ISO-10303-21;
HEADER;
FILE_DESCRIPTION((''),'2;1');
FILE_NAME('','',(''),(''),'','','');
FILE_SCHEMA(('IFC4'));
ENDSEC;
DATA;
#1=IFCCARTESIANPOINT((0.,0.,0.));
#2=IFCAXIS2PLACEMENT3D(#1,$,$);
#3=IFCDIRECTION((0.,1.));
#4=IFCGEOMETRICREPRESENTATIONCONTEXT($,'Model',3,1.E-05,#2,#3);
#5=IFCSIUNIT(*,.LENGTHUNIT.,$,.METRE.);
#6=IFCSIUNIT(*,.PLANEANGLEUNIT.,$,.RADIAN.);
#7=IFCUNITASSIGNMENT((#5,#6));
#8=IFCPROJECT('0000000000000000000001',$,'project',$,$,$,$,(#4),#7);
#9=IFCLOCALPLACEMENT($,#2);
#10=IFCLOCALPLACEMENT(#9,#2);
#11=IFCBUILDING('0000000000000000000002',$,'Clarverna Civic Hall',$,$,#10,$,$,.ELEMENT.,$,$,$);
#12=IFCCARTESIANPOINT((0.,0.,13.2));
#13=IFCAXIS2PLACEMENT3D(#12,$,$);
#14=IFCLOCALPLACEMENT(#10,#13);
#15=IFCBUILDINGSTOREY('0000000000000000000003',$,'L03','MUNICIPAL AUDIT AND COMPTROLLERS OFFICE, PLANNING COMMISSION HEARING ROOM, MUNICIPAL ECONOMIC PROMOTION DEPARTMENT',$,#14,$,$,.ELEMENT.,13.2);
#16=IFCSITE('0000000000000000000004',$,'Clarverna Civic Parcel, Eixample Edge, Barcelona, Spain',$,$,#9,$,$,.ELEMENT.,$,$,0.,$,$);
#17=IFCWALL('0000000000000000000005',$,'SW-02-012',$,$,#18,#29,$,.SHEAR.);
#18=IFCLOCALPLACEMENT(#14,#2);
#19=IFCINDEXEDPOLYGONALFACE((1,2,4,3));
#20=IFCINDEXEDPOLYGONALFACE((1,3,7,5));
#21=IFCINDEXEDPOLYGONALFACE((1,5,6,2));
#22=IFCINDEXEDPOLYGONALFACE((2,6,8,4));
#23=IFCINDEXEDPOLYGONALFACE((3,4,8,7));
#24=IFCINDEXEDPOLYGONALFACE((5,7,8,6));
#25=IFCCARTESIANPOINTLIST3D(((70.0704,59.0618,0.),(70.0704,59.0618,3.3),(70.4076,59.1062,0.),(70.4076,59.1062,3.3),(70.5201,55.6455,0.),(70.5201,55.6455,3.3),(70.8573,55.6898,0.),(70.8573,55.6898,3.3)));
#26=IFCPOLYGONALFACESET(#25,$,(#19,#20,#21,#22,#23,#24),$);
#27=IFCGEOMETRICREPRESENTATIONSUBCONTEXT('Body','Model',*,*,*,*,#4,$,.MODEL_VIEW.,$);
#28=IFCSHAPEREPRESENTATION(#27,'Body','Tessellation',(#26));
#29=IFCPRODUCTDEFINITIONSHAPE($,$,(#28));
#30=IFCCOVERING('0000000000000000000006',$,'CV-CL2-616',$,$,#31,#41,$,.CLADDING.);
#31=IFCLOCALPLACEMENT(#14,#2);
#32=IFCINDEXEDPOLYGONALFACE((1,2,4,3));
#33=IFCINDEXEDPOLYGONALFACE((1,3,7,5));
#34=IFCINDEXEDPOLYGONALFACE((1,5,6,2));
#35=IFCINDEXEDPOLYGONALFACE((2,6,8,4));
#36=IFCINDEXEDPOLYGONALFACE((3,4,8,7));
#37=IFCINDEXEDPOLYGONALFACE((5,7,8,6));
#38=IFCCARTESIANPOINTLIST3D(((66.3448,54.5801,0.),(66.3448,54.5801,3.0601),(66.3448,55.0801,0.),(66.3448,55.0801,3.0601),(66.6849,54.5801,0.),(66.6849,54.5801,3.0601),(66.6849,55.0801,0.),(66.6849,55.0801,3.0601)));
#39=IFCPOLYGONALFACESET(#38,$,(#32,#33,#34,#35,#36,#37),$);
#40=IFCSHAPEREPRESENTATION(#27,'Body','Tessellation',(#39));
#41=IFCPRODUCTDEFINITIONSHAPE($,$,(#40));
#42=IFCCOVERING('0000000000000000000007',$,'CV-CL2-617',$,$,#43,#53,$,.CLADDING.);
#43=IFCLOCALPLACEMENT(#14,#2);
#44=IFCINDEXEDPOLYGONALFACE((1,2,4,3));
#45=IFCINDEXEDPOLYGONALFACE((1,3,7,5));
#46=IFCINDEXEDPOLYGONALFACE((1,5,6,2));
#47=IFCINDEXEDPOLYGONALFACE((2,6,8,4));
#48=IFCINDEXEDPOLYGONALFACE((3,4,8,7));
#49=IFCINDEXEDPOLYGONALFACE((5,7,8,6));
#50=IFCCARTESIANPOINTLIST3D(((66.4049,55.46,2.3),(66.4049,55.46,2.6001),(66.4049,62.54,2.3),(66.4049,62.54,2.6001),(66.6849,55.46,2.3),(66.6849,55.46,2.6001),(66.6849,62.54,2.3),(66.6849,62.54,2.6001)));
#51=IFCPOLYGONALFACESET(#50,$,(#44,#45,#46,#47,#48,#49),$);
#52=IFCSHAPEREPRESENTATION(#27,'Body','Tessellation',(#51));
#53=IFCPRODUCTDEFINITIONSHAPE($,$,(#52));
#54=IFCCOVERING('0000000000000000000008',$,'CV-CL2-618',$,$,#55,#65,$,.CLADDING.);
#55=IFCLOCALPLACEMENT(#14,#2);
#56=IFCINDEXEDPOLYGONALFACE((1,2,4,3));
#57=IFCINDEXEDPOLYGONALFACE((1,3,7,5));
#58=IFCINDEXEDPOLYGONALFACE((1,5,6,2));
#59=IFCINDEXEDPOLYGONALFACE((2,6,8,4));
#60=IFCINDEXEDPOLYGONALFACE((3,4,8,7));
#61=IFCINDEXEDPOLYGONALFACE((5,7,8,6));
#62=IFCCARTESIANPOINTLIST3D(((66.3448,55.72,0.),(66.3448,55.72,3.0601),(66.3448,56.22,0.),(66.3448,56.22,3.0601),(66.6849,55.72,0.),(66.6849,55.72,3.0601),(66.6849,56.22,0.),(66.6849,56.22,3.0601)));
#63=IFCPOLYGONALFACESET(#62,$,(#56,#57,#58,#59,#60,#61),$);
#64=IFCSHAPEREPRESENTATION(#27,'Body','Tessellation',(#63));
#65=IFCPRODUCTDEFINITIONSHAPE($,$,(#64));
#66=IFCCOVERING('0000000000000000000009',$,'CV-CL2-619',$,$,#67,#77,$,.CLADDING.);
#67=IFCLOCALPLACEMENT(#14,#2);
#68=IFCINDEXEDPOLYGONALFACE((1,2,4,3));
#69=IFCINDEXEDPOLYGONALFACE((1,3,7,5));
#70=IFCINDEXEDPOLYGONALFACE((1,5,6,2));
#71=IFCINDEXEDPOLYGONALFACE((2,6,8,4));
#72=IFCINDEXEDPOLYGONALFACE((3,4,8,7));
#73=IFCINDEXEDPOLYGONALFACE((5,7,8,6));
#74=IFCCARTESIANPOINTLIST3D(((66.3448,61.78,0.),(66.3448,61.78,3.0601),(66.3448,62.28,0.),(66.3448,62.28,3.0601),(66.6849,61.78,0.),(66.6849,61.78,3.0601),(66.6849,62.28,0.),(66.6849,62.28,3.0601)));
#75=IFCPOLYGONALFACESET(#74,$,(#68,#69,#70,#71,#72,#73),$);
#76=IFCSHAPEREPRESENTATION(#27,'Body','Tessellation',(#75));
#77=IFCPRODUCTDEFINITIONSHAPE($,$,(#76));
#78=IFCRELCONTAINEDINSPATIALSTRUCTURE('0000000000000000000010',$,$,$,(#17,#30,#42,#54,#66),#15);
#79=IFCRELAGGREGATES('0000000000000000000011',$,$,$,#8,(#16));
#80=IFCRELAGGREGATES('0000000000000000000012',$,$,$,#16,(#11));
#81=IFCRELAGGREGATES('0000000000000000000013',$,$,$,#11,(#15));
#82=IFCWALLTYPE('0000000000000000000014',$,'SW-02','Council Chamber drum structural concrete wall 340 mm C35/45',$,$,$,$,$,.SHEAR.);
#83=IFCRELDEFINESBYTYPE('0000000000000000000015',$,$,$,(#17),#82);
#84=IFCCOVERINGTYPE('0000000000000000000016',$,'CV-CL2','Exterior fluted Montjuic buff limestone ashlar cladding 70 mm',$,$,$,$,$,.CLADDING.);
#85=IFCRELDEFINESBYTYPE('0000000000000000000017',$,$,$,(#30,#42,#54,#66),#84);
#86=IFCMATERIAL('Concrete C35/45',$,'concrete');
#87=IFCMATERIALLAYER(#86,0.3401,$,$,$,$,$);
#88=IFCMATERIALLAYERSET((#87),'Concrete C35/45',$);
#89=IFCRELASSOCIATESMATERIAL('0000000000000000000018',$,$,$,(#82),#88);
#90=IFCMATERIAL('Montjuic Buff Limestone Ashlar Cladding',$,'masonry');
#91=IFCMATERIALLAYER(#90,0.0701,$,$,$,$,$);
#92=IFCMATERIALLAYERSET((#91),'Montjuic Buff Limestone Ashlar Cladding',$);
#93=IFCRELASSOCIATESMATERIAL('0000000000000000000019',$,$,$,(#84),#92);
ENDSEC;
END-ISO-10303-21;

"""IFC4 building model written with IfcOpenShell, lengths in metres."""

from ifc_helpers import new_model, si_unit, direction, frame, frame_2d, origin, place, context, subcontext, project, spatial, rectangle, extrude, material, layer, layer_set, type_object, element, save


model = new_model("IFC4")

# Units and contexts
model_context = context("Model", 3, precision=1e-05, world=origin(), true_north=direction((0.0, 1.0)))
body_context = subcontext(model_context, "Body", "Model", "MODEL_VIEW")
ifc_project = project(units=[si_unit("LENGTHUNIT", "METRE"), si_unit("PLANEANGLEUNIT", "RADIAN")], contexts=[model_context])

# Site, building, storey
site_placement = place(None, origin())
site = spatial("IfcSite", under=ifc_project, at=site_placement, Name="Clarverna Civic Parcel, Eixample Edge, Barcelona, Spain", CompositionType="ELEMENT", RefElevation=0.0)
building_placement = place(site_placement, origin())
building = spatial("IfcBuilding", under=site, at=building_placement, Name="Clarverna Civic Hall", CompositionType="ELEMENT")
storey_placement = place(building_placement, frame((0.0, 0.0, 13.2)))
storey = spatial("IfcBuildingStorey", under=building, at=storey_placement, Name="L03", Description="MUNICIPAL AUDIT AND COMPTROLLERS OFFICE, PLANNING COMMISSION HEARING ROOM, MUNICIPAL ECONOMIC PROMOTION DEPARTMENT", CompositionType="ELEMENT", Elevation=13.2)

# Shared definitions
ifc_material_1 = material(Name="Concrete C35/45", Category="concrete")

# Wall
ifc_layer_1 = layer(ifc_material_1, 0.3401)
ifc_layer_set_1 = layer_set([ifc_layer_1], Name="Concrete C35/45")
wall_type_1 = type_object("IfcWallType", Name="SW-02", Description="Council Chamber drum structural concrete wall 340 mm C35/45", PredefinedType="SHEAR", material=ifc_layer_set_1)
wall_1_placement = place(storey_placement, frame((70.239, 59.084, 0.0), z_axis=(0.0, 0.0, 1.0), x_axis=(0.130511, -0.991447, 0.0)))
element("IfcWall", 1, at=wall_1_placement, inside=storey, type_object=wall_type_1, Name="SW-02-012", PredefinedType="SHEAR", context=body_context, shape_type="SweptSolid", body=[
    extrude(rectangle(XDim=3.4458, YDim=0.3401, at=frame_2d((1.7229, 0.0))), origin(), (0.0, 0.0, 1.0), 3.3),
])

# Coverings
ifc_material_2 = material(Name="Montjuic Buff Limestone Ashlar Cladding", Category="masonry")
ifc_layer_2 = layer(ifc_material_2, 0.0701)
ifc_layer_set_2 = layer_set([ifc_layer_2], Name="Montjuic Buff Limestone Ashlar Cladding")
covering_type = type_object("IfcCoveringType", Name="CV-CL2", Description="Exterior fluted Montjuic buff limestone ashlar cladding 70 mm", PredefinedType="CLADDING", material=ifc_layer_set_2)
covering_1_placement = place(storey_placement, frame((66.5149, 54.5801, 0.0), z_axis=(0.0, 0.0, 1.0), x_axis=(0.0, 1.0, 0.0)))
element("IfcCovering", 2, at=covering_1_placement, inside=storey, type_object=covering_type, Name="CV-CL2-616", PredefinedType="CLADDING", context=body_context, shape_type="SweptSolid", body=[
    extrude(rectangle(XDim=0.5, YDim=0.3401, at=frame_2d((0.25, 0.0))), origin(), (0.0, 0.0, 1.0), 3.0601),
])
covering_2_placement = place(storey_placement, frame((66.5449, 55.46, 2.3), z_axis=(0.0, 0.0, 1.0), x_axis=(0.0, 1.0, 0.0)))
element("IfcCovering", 3, at=covering_2_placement, inside=storey, type_object=covering_type, Name="CV-CL2-617", PredefinedType="CLADDING", context=body_context, shape_type="SweptSolid", body=[
    extrude(rectangle(XDim=7.0801, YDim=0.28, at=frame_2d((3.54, 0.0))), origin(), (0.0, 0.0, 1.0), 0.3),
])
for number, where, z_axis, x_axis, name in (
    (4, (66.5149, 55.72, 0.0), (0.0, 0.0, 1.0), (0.0, 1.0, 0.0), "CV-CL2-618"),
    (5, (66.5149, 61.78, 0.0), (0.0, 0.0, 1.0), (0.0, 1.0, 0.0), "CV-CL2-619"),
):
    element("IfcCovering", number, at=place(storey_placement, frame(where, z_axis=z_axis, x_axis=x_axis)), inside=storey, type_object=covering_type, Name=name, PredefinedType="CLADDING", context=body_context, shape_type="SweptSolid", body=[
        extrude(rectangle(XDim=0.5, YDim=0.3401, at=frame_2d((0.25, 0.0))), origin(), (0.0, 0.0, 1.0), 3.0601),
    ])

save(model, "model.ifc")
